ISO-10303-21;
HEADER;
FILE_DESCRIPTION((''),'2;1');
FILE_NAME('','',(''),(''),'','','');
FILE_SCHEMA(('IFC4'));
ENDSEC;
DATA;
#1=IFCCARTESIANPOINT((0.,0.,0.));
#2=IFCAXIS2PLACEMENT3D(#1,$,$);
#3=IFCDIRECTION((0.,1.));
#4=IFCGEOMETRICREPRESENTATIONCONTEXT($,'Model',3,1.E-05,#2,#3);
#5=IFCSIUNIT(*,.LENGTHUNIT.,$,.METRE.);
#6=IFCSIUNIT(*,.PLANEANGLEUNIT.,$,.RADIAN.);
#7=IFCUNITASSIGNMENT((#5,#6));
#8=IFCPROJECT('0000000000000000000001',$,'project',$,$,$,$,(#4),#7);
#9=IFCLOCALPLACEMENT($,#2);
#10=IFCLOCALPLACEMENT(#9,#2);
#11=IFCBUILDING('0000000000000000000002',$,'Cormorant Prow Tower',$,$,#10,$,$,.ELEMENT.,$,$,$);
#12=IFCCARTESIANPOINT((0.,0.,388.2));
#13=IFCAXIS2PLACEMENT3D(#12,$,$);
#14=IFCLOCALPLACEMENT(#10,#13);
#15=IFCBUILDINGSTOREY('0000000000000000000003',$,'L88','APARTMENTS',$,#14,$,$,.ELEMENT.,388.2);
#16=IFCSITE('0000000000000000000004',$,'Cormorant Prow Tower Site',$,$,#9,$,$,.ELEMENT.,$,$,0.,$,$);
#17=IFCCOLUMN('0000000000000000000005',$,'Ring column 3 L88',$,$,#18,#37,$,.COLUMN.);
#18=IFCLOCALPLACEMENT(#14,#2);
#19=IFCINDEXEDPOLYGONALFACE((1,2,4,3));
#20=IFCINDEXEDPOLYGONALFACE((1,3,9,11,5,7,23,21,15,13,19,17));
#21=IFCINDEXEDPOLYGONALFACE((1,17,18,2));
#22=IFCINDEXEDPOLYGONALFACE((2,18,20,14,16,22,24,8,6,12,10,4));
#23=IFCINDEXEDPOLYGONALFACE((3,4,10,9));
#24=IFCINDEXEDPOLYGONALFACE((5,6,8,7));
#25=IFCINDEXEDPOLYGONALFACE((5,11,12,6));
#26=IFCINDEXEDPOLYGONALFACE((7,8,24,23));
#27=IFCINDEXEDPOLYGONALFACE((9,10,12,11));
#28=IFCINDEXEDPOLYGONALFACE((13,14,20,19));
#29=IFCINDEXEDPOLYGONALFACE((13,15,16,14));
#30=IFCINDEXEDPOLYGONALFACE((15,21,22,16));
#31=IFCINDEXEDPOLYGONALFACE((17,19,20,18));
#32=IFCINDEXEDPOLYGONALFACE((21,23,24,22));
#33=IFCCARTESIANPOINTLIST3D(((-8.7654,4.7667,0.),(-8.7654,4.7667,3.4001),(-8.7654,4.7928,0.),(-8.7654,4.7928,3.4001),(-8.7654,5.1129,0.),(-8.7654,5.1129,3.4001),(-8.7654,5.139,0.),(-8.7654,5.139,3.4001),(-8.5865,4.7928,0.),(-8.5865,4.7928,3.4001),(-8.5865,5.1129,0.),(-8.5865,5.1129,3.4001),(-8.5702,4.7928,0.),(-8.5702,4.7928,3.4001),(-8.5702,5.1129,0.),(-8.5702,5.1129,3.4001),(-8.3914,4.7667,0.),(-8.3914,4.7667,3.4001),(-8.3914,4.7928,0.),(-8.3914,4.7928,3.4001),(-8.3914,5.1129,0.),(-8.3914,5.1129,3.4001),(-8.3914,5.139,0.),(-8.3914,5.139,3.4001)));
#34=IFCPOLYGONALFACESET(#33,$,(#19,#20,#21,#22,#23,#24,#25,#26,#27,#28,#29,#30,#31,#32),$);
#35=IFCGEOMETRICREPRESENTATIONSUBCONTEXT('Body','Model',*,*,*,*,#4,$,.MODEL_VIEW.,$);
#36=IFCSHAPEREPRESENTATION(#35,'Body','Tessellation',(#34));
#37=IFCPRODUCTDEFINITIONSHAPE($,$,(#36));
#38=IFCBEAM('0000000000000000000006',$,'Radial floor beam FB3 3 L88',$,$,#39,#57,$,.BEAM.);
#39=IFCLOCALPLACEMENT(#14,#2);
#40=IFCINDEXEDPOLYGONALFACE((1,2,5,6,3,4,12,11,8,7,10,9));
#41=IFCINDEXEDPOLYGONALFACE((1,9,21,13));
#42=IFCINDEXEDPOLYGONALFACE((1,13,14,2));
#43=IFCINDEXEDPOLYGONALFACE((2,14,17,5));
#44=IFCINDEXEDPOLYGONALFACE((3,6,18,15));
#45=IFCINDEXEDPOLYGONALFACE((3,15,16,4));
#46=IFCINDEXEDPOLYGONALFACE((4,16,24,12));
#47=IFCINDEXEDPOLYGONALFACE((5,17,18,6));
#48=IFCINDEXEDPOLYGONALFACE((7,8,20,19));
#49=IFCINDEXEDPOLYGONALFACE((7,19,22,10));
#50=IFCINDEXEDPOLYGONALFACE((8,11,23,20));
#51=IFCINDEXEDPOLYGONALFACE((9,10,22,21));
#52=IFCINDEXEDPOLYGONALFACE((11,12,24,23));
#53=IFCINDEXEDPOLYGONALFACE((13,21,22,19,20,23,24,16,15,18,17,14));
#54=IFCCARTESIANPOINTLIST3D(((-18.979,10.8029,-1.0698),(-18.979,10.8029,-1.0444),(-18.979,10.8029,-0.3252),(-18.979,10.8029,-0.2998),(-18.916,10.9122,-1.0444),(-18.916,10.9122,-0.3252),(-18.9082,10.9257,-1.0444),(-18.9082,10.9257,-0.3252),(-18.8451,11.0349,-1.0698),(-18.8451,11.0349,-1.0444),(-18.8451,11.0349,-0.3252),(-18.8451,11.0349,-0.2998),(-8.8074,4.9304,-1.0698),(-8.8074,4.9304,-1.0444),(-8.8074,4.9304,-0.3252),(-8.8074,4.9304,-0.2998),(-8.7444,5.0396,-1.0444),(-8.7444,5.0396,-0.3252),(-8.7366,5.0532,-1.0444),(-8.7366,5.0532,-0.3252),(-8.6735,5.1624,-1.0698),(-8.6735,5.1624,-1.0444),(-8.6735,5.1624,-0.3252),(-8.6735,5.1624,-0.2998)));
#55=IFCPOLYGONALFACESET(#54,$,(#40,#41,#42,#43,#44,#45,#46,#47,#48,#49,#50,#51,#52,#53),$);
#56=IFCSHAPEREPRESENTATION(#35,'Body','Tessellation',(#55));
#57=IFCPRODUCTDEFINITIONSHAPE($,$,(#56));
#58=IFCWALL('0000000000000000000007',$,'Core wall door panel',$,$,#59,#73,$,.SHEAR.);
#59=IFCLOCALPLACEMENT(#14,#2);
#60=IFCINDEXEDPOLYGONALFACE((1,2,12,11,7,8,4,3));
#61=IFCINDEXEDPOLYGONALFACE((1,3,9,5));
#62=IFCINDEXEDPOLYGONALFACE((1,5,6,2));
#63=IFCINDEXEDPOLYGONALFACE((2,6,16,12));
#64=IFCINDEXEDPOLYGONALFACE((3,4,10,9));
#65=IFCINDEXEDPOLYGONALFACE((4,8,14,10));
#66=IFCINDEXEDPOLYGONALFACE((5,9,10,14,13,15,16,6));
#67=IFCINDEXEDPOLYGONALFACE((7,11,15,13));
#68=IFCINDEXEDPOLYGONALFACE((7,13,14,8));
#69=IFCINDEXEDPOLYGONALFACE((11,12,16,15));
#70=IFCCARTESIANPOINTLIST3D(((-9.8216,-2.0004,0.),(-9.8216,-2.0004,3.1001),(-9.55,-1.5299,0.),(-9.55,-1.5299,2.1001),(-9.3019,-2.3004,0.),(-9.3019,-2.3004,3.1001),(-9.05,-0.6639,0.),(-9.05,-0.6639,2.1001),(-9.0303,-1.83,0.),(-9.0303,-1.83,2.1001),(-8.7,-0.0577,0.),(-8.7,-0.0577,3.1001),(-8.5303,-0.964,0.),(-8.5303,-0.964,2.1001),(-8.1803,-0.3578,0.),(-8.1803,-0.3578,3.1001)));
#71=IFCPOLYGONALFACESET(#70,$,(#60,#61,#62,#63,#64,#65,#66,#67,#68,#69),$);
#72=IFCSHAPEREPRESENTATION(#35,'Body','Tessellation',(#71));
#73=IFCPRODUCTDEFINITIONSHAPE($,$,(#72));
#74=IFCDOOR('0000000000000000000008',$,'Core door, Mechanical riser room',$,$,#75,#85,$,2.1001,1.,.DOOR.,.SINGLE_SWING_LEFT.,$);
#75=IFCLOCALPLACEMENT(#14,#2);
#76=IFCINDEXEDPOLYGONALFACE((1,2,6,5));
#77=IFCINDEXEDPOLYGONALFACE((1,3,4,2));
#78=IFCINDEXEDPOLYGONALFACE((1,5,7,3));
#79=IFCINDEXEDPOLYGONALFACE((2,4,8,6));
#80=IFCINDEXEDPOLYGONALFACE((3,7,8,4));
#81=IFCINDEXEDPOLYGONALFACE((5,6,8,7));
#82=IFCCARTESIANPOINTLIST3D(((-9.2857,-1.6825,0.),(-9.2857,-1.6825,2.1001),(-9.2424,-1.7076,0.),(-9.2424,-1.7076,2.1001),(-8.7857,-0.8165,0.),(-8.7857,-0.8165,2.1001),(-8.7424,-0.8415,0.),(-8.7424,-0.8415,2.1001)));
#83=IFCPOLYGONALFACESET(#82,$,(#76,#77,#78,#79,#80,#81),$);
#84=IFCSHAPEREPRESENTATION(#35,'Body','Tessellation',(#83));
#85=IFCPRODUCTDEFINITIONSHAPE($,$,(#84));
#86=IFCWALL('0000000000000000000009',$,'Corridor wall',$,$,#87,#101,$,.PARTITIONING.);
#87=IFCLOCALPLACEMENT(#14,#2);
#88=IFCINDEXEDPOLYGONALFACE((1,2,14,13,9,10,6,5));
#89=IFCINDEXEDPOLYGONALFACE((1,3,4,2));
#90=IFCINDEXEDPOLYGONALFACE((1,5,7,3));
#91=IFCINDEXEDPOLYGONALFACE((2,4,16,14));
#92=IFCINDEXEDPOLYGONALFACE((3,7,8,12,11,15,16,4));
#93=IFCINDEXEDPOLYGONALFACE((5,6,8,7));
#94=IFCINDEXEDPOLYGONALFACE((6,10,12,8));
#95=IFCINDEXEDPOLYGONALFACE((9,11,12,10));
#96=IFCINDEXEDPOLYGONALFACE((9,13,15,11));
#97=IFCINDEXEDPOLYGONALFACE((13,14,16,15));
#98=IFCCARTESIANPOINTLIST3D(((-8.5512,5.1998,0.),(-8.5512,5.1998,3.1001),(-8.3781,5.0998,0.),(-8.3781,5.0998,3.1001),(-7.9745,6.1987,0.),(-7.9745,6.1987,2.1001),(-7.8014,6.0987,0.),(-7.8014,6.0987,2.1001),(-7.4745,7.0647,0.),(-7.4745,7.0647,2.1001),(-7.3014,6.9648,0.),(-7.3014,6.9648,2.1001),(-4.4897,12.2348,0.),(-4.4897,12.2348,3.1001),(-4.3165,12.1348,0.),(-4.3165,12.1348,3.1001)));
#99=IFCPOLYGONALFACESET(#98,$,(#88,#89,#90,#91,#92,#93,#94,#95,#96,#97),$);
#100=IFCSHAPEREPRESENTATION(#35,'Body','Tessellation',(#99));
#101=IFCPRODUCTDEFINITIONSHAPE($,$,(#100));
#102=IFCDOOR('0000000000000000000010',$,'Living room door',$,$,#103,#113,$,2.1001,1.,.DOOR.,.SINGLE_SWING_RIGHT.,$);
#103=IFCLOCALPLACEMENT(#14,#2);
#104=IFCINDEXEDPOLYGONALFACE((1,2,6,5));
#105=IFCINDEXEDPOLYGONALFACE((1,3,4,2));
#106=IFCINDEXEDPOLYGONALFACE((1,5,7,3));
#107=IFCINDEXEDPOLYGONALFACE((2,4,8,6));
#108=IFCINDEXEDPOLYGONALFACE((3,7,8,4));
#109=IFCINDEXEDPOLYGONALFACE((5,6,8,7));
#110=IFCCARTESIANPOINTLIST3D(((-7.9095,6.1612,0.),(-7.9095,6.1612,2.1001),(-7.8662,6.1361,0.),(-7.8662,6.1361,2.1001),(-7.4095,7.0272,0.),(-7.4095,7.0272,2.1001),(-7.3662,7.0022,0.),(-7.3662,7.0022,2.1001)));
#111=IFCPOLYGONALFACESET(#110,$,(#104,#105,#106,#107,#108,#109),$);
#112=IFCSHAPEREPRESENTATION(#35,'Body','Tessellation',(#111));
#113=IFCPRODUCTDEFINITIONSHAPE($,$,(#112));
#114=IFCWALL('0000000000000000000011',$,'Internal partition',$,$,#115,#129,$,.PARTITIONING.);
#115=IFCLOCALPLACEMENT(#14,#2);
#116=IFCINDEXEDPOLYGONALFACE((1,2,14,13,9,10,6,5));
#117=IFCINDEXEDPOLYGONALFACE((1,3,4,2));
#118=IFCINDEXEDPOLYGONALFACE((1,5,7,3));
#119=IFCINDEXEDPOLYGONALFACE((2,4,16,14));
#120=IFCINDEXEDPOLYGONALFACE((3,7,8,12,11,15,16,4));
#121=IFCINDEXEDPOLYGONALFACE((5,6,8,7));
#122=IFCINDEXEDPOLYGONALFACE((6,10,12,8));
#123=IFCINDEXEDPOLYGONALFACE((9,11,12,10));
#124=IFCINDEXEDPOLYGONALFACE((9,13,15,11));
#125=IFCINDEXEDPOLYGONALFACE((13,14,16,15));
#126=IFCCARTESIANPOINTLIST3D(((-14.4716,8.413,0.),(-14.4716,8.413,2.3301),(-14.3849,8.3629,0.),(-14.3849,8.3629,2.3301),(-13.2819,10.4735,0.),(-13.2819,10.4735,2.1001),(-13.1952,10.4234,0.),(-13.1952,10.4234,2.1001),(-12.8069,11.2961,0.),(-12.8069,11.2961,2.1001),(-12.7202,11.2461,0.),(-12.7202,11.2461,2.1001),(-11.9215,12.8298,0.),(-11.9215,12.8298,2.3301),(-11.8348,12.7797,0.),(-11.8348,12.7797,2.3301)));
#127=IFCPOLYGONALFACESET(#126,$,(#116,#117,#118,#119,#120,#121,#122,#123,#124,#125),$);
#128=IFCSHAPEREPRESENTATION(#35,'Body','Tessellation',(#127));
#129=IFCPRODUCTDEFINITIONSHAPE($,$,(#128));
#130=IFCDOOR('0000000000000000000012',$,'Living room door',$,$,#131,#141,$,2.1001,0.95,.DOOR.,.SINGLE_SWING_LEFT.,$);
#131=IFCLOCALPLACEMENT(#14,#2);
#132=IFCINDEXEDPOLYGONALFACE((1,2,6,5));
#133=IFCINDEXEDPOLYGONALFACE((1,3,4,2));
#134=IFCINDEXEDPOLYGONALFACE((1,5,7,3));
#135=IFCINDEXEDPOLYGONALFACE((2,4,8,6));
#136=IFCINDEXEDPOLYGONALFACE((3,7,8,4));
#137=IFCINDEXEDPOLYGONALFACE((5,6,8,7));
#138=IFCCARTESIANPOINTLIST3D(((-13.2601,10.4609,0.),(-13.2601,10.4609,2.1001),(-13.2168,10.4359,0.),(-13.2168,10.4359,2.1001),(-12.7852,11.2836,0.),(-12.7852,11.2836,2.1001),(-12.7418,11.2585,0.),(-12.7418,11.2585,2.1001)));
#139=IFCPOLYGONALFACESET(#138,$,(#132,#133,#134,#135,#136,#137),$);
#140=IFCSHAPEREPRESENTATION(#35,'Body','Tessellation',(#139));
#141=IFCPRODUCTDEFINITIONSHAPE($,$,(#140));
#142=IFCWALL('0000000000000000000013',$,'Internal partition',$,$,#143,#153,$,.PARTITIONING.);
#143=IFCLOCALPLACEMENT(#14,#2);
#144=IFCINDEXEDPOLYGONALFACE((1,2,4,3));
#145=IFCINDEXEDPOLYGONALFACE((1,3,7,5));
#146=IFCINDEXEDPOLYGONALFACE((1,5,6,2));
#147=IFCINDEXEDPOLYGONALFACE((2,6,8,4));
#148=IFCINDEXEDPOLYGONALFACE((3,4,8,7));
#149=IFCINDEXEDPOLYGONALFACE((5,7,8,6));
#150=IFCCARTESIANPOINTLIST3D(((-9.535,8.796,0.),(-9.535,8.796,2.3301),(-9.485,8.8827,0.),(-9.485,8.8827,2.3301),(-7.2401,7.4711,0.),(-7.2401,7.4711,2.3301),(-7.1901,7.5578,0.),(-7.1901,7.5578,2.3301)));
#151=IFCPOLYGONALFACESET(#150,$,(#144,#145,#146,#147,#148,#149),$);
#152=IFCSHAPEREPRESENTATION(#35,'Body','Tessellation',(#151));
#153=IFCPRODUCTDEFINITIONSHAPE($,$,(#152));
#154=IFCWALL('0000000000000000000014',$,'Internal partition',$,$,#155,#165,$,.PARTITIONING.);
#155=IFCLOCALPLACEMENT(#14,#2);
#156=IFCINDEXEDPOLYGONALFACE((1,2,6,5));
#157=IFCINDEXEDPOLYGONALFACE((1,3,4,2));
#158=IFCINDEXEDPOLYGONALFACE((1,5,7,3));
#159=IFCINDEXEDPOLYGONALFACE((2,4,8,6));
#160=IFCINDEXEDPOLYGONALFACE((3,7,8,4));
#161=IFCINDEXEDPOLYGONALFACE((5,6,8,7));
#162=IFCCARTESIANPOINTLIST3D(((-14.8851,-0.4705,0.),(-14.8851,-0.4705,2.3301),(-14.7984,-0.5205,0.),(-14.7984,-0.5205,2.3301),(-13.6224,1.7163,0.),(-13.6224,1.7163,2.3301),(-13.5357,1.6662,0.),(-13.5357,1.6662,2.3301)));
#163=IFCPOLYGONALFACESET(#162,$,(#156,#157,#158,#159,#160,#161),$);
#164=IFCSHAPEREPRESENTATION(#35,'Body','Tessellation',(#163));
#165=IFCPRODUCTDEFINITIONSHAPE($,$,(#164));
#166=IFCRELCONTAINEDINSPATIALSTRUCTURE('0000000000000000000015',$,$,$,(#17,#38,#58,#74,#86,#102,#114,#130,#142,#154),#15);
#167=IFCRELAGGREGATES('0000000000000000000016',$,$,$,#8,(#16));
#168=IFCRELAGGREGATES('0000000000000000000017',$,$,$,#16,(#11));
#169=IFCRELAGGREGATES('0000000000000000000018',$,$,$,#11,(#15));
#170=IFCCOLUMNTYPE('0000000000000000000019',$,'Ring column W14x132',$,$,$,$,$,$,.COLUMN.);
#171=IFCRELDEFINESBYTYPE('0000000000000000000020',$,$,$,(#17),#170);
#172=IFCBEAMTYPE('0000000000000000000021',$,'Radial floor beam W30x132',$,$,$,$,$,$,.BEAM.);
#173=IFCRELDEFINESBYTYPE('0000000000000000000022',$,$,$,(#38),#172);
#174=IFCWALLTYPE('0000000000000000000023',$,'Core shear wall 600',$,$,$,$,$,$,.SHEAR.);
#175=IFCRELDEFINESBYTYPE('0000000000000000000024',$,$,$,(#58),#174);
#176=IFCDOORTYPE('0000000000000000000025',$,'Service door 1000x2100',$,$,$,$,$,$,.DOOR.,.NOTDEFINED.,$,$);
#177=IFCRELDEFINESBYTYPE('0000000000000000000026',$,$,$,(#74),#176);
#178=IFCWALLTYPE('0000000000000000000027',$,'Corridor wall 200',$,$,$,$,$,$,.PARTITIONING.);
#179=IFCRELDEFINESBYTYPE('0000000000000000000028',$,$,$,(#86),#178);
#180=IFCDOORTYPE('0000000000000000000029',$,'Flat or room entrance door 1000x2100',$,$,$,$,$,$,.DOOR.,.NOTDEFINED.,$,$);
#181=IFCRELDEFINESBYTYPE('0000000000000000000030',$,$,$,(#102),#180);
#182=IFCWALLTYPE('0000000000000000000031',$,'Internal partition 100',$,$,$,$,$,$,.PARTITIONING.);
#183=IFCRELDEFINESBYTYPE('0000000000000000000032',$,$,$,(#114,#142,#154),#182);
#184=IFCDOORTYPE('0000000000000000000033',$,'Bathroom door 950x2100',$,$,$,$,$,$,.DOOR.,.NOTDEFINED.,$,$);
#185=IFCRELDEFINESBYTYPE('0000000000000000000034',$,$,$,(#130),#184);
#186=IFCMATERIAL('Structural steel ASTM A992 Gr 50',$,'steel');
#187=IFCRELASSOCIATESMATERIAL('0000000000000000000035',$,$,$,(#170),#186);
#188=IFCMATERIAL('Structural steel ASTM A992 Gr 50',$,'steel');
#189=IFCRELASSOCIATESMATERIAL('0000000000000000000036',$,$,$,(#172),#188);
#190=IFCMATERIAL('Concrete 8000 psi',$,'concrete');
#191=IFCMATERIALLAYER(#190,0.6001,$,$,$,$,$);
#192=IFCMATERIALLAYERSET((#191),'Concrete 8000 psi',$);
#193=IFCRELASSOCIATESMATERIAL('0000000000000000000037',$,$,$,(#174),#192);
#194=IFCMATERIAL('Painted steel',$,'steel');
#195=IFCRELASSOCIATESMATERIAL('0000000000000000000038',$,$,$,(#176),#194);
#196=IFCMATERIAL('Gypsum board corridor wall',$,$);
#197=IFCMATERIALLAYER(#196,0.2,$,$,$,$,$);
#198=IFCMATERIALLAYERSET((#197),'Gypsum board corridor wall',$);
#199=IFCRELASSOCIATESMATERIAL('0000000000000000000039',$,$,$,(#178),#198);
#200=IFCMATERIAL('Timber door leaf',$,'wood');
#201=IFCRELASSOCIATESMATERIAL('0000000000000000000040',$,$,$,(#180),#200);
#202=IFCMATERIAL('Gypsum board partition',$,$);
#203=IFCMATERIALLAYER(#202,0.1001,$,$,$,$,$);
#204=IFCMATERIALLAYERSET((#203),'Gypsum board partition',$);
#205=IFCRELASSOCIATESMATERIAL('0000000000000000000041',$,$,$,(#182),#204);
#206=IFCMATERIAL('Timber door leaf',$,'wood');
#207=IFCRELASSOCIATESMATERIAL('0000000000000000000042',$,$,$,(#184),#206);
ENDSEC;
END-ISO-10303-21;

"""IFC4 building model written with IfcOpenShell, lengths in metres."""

from ifc_helpers import new_model, si_unit, direction, frame, frame_2d, origin, origin_2d, place, context, subcontext, project, spatial, rectangle, i_section, extrude, material, layer, layer_set, material_profile, profile_set, type_object, element, fill, save


model = new_model("IFC4")

# Units and contexts
model_context = context("Model", 3, precision=1e-05, world=origin(), true_north=direction((0.0, 1.0)))
body_context = subcontext(model_context, "Body", "Model", "MODEL_VIEW")
ifc_project = project(units=[si_unit("LENGTHUNIT", "METRE"), si_unit("PLANEANGLEUNIT", "RADIAN")], contexts=[model_context])

# Site, building, storey
site_placement = place(None, origin())
site = spatial("IfcSite", under=ifc_project, at=site_placement, Name="Cormorant Prow Tower Site", CompositionType="ELEMENT", RefElevation=0.0)
building_placement = place(site_placement, origin())
building = spatial("IfcBuilding", under=site, at=building_placement, Name="Cormorant Prow Tower", CompositionType="ELEMENT")
storey_placement = place(building_placement, frame((0.0, 0.0, 388.2)))
storey = spatial("IfcBuildingStorey", under=building, at=storey_placement, Name="L88", Description="APARTMENTS", CompositionType="ELEMENT", Elevation=388.2)

# Column
ifc_material_1 = material(Name="Structural steel ASTM A992 Gr 50", Category="steel")
ifc_material_profile_1 = material_profile(ifc_material_1, i_section(OverallWidth=0.374, OverallDepth=0.3723, WebThickness=0.0164, FlangeThickness=0.0261, at=origin_2d()), Name="W14x132")
ifc_profile_set_1 = profile_set([ifc_material_profile_1], Name="Structural steel ASTM A992 Gr 50")
column_type = type_object("IfcColumnType", Name="Ring column W14x132", PredefinedType="COLUMN", material=ifc_profile_set_1)
column_placement = place(storey_placement, frame((-8.5784, 4.9529, 0.0), z_axis=(0.0, 0.0, 1.0), x_axis=(1.0, 0.0, 0.0)))
element("IfcColumn", 1, at=column_placement, inside=storey, type_object=column_type, Name="Ring column 3 L88", PredefinedType="COLUMN", context=body_context, shape_type="SweptSolid", body=[
    extrude(i_section(OverallWidth=0.374, OverallDepth=0.3723, WebThickness=0.0164, FlangeThickness=0.0261, at=origin_2d()), origin(), (0.0, 0.0, 1.0), 3.4001),
])

# Beam
ifc_material_2 = material(Name="Structural steel ASTM A992 Gr 50", Category="steel")
ifc_material_profile_2 = material_profile(ifc_material_2, i_section(OverallWidth=0.2678, OverallDepth=0.77, WebThickness=0.0156, FlangeThickness=0.0254, at=origin_2d()), Name="W30x132")
ifc_profile_set_2 = profile_set([ifc_material_profile_2], Name="Structural steel ASTM A992 Gr 50")
beam_type = type_object("IfcBeamType", Name="Radial floor beam W30x132", PredefinedType="BEAM", material=ifc_profile_set_2)
beam_placement = place(storey_placement, frame((-8.7405, 5.0464, -0.6848), z_axis=(-0.866027, 0.499998, 0.0), x_axis=(-0.499998, -0.866027, 0.0)))
element("IfcBeam", 2, at=beam_placement, inside=storey, type_object=beam_type, Name="Radial floor beam FB3 3 L88", PredefinedType="BEAM", context=body_context, shape_type="SweptSolid", body=[
    extrude(i_section(OverallWidth=0.2678, OverallDepth=0.77, WebThickness=0.0156, FlangeThickness=0.0254, at=origin_2d()), origin(), (0.0, 0.0, 1.0), 11.7451),
])

# Walls, openings, doors
ifc_material_3 = material(Name="Concrete 8000 psi", Category="concrete")
ifc_layer_1 = layer(ifc_material_3, 0.6001)
ifc_layer_set_1 = layer_set([ifc_layer_1], Name="Concrete 8000 psi")
wall_type_1 = type_object("IfcWallType", Name="Core shear wall 600", PredefinedType="SHEAR", material=ifc_layer_set_1)
wall_1_placement = place(storey_placement, frame((-8.4402, -0.2078, 0.0), z_axis=(0.0, 0.0, 1.0), x_axis=(-0.500002, -0.866024, 0.0)))
wall_1 = element("IfcWall", 3, at=wall_1_placement, inside=storey, type_object=wall_type_1, Name="Core wall door panel", PredefinedType="SHEAR", context=body_context, shape_type="SweptSolid", body=[
    extrude(rectangle(XDim=2.2432, YDim=0.6001, at=frame_2d((1.1216, 0.0))), origin(), (0.0, 0.0, 1.0), 3.1001),
])
opening_1_placement = place(wall_1_placement, frame((0.7, 0.0, 0.0)))
opening_1 = element("IfcOpeningElement", 4, at=opening_1_placement, cuts=wall_1, PredefinedType="OPENING", context=body_context, shape_type="SweptSolid", body=[
    extrude(rectangle(XDim=1.0, YDim=2.1001, at=frame_2d((0.5, 1.05))), frame((0.0, 0.3101, 0.0), z_axis=(0.0, -1.0, 0.0), x_axis=(1.0, 0.0, 0.0)), (0.0, 0.0, 1.0), 0.6201),
])
ifc_material_4 = material(Name="Painted steel", Category="steel")
door_type_1 = type_object("IfcDoorType", Name="Service door 1000x2100", OperationType="NOTDEFINED", PredefinedType="DOOR", material=ifc_material_4)
door_1_placement = place(opening_1_placement, origin())
door_1 = element("IfcDoor", 5, at=door_1_placement, inside=storey, type_object=door_type_1, Name="Core door, Mechanical riser room", OperationType="SINGLE_SWING_LEFT", OverallHeight=2.1001, OverallWidth=1.0, PredefinedType="DOOR", context=body_context, shape_type="SweptSolid", body=[
    extrude(rectangle(XDim=1.0, YDim=2.1001, at=frame_2d((0.5, 1.05))), frame((0.0, 0.0552, 0.0), z_axis=(0.0, -1.0, 0.0), x_axis=(1.0, 0.0, 0.0)), (0.0, 0.0, 1.0), 0.05),
])
fill(opening_1, door_1)
ifc_material_5 = material(Name="Gypsum board corridor wall")
ifc_layer_2 = layer(ifc_material_5, 0.2)
ifc_layer_set_2 = layer_set([ifc_layer_2], Name="Gypsum board corridor wall")
wall_type_2 = type_object("IfcWallType", Name="Corridor wall 200", PredefinedType="PARTITIONING", material=ifc_layer_set_2)
wall_2_placement = place(storey_placement, frame((-8.4646, 5.1499, 0.0), z_axis=(0.0, 0.0, 1.0), x_axis=(0.499992, 0.86603, 0.0)))
wall_2 = element("IfcWall", 6, at=wall_2_placement, inside=storey, type_object=wall_type_2, Name="Corridor wall", PredefinedType="PARTITIONING", context=body_context, shape_type="SweptSolid", body=[
    extrude(rectangle(XDim=8.1233, YDim=0.2, at=frame_2d((4.0615, 0.0))), origin(), (0.0, 0.0, 1.0), 3.1001),
])
opening_2_placement = place(wall_2_placement, frame((1.1533, 0.0, 0.0)))
opening_2 = element("IfcOpeningElement", 7, at=opening_2_placement, cuts=wall_2, PredefinedType="OPENING", context=body_context, shape_type="SweptSolid", body=[
    extrude(rectangle(XDim=1.0, YDim=2.1001, at=frame_2d((0.5, 1.05))), frame((0.0, 0.1099, 0.0), z_axis=(0.0, -1.0, 0.0), x_axis=(1.0, 0.0, 0.0)), (0.0, 0.0, 1.0), 0.22),
])
ifc_material_6 = material(Name="Timber door leaf", Category="wood")
door_type_2 = type_object("IfcDoorType", Name="Flat or room entrance door 1000x2100", OperationType="NOTDEFINED", PredefinedType="DOOR", material=ifc_material_6)
door_2_placement = place(opening_2_placement, origin())
door_2 = element("IfcDoor", 8, at=door_2_placement, inside=storey, type_object=door_type_2, Name="Living room door", OperationType="SINGLE_SWING_RIGHT", OverallHeight=2.1001, OverallWidth=1.0, PredefinedType="DOOR", context=body_context, shape_type="SweptSolid", body=[
    extrude(rectangle(XDim=1.0, YDim=2.1001, at=frame_2d((0.5, 1.05))), frame((0.0, 0.0249, 0.0), z_axis=(0.0, -1.0, 0.0), x_axis=(1.0, 0.0, 0.0)), (0.0, 0.0, 1.0), 0.05),
])
fill(opening_2, door_2)
ifc_material_7 = material(Name="Gypsum board partition")
ifc_layer_3 = layer(ifc_material_7, 0.1001)
ifc_layer_set_3 = layer_set([ifc_layer_3], Name="Gypsum board partition")
wall_type_3 = type_object("IfcWallType", Name="Internal partition 100", PredefinedType="PARTITIONING", material=ifc_layer_set_3)
wall_3_placement = place(storey_placement, frame((-14.4282, 8.3879, 0.0), z_axis=(0.0, 0.0, 1.0), x_axis=(0.500006, 0.866022, 0.0)))
wall_3 = element("IfcWall", 9, at=wall_3_placement, inside=storey, type_object=wall_type_3, Name="Internal partition", PredefinedType="PARTITIONING", context=body_context, shape_type="SweptSolid", body=[
    extrude(rectangle(XDim=5.1001, YDim=0.1001, at=frame_2d((2.55, 0.0))), origin(), (0.0, 0.0, 1.0), 2.3301),
])
opening_3_placement = place(wall_3_placement, frame((2.3792, 0.0, 0.0)))
opening_3 = element("IfcOpeningElement", 10, at=opening_3_placement, cuts=wall_3, PredefinedType="OPENING", context=body_context, shape_type="SweptSolid", body=[
    extrude(rectangle(XDim=0.95, YDim=2.1001, at=frame_2d((0.4751, 1.05))), frame((0.0, 0.0601, 0.0), z_axis=(0.0, -1.0, 0.0), x_axis=(1.0, 0.0, 0.0)), (0.0, 0.0, 1.0), 0.1201),
])
ifc_material_8 = material(Name="Timber door leaf", Category="wood")
door_type_3 = type_object("IfcDoorType", Name="Bathroom door 950x2100", OperationType="NOTDEFINED", PredefinedType="DOOR", material=ifc_material_8)
door_3_placement = place(opening_3_placement, origin())
door_3 = element("IfcDoor", 11, at=door_3_placement, inside=storey, type_object=door_type_3, Name="Living room door", OperationType="SINGLE_SWING_LEFT", OverallHeight=2.1001, OverallWidth=0.95, PredefinedType="DOOR", context=body_context, shape_type="SweptSolid", body=[
    extrude(rectangle(XDim=0.95, YDim=2.1001, at=frame_2d((0.4751, 1.05))), frame((0.0, 0.0249, 0.0), z_axis=(0.0, -1.0, 0.0), x_axis=(1.0, 0.0, 0.0)), (0.0, 0.0, 1.0), 0.05),
])
fill(opening_3, door_3)

# Walls
wall_4_placement = place(storey_placement, frame((-9.51, 8.8394, 0.0), z_axis=(0.0, 0.0, 1.0), x_axis=(0.866029, -0.499994, 0.0)))
element("IfcWall", 12, at=wall_4_placement, inside=storey, type_object=wall_type_3, Name="Internal partition", PredefinedType="PARTITIONING", context=body_context, shape_type="SweptSolid", body=[
    extrude(rectangle(XDim=2.6499, YDim=0.1001, at=frame_2d((1.325, 0.0))), origin(), (0.0, 0.0, 1.0), 2.3301),
])
wall_5_placement = place(storey_placement, frame((-14.8418, -0.4956, 0.0), z_axis=(0.0, 0.0, 1.0), x_axis=(0.500049, 0.865997, 0.0)))
element("IfcWall", 13, at=wall_5_placement, inside=storey, type_object=wall_type_3, Name="Internal partition", PredefinedType="PARTITIONING", context=body_context, shape_type="SweptSolid", body=[
    extrude(rectangle(XDim=2.5251, YDim=0.1001, at=frame_2d((1.2627, 0.0))), origin(), (0.0, 0.0, 1.0), 2.3301),
])

save(model, "model.ifc")
